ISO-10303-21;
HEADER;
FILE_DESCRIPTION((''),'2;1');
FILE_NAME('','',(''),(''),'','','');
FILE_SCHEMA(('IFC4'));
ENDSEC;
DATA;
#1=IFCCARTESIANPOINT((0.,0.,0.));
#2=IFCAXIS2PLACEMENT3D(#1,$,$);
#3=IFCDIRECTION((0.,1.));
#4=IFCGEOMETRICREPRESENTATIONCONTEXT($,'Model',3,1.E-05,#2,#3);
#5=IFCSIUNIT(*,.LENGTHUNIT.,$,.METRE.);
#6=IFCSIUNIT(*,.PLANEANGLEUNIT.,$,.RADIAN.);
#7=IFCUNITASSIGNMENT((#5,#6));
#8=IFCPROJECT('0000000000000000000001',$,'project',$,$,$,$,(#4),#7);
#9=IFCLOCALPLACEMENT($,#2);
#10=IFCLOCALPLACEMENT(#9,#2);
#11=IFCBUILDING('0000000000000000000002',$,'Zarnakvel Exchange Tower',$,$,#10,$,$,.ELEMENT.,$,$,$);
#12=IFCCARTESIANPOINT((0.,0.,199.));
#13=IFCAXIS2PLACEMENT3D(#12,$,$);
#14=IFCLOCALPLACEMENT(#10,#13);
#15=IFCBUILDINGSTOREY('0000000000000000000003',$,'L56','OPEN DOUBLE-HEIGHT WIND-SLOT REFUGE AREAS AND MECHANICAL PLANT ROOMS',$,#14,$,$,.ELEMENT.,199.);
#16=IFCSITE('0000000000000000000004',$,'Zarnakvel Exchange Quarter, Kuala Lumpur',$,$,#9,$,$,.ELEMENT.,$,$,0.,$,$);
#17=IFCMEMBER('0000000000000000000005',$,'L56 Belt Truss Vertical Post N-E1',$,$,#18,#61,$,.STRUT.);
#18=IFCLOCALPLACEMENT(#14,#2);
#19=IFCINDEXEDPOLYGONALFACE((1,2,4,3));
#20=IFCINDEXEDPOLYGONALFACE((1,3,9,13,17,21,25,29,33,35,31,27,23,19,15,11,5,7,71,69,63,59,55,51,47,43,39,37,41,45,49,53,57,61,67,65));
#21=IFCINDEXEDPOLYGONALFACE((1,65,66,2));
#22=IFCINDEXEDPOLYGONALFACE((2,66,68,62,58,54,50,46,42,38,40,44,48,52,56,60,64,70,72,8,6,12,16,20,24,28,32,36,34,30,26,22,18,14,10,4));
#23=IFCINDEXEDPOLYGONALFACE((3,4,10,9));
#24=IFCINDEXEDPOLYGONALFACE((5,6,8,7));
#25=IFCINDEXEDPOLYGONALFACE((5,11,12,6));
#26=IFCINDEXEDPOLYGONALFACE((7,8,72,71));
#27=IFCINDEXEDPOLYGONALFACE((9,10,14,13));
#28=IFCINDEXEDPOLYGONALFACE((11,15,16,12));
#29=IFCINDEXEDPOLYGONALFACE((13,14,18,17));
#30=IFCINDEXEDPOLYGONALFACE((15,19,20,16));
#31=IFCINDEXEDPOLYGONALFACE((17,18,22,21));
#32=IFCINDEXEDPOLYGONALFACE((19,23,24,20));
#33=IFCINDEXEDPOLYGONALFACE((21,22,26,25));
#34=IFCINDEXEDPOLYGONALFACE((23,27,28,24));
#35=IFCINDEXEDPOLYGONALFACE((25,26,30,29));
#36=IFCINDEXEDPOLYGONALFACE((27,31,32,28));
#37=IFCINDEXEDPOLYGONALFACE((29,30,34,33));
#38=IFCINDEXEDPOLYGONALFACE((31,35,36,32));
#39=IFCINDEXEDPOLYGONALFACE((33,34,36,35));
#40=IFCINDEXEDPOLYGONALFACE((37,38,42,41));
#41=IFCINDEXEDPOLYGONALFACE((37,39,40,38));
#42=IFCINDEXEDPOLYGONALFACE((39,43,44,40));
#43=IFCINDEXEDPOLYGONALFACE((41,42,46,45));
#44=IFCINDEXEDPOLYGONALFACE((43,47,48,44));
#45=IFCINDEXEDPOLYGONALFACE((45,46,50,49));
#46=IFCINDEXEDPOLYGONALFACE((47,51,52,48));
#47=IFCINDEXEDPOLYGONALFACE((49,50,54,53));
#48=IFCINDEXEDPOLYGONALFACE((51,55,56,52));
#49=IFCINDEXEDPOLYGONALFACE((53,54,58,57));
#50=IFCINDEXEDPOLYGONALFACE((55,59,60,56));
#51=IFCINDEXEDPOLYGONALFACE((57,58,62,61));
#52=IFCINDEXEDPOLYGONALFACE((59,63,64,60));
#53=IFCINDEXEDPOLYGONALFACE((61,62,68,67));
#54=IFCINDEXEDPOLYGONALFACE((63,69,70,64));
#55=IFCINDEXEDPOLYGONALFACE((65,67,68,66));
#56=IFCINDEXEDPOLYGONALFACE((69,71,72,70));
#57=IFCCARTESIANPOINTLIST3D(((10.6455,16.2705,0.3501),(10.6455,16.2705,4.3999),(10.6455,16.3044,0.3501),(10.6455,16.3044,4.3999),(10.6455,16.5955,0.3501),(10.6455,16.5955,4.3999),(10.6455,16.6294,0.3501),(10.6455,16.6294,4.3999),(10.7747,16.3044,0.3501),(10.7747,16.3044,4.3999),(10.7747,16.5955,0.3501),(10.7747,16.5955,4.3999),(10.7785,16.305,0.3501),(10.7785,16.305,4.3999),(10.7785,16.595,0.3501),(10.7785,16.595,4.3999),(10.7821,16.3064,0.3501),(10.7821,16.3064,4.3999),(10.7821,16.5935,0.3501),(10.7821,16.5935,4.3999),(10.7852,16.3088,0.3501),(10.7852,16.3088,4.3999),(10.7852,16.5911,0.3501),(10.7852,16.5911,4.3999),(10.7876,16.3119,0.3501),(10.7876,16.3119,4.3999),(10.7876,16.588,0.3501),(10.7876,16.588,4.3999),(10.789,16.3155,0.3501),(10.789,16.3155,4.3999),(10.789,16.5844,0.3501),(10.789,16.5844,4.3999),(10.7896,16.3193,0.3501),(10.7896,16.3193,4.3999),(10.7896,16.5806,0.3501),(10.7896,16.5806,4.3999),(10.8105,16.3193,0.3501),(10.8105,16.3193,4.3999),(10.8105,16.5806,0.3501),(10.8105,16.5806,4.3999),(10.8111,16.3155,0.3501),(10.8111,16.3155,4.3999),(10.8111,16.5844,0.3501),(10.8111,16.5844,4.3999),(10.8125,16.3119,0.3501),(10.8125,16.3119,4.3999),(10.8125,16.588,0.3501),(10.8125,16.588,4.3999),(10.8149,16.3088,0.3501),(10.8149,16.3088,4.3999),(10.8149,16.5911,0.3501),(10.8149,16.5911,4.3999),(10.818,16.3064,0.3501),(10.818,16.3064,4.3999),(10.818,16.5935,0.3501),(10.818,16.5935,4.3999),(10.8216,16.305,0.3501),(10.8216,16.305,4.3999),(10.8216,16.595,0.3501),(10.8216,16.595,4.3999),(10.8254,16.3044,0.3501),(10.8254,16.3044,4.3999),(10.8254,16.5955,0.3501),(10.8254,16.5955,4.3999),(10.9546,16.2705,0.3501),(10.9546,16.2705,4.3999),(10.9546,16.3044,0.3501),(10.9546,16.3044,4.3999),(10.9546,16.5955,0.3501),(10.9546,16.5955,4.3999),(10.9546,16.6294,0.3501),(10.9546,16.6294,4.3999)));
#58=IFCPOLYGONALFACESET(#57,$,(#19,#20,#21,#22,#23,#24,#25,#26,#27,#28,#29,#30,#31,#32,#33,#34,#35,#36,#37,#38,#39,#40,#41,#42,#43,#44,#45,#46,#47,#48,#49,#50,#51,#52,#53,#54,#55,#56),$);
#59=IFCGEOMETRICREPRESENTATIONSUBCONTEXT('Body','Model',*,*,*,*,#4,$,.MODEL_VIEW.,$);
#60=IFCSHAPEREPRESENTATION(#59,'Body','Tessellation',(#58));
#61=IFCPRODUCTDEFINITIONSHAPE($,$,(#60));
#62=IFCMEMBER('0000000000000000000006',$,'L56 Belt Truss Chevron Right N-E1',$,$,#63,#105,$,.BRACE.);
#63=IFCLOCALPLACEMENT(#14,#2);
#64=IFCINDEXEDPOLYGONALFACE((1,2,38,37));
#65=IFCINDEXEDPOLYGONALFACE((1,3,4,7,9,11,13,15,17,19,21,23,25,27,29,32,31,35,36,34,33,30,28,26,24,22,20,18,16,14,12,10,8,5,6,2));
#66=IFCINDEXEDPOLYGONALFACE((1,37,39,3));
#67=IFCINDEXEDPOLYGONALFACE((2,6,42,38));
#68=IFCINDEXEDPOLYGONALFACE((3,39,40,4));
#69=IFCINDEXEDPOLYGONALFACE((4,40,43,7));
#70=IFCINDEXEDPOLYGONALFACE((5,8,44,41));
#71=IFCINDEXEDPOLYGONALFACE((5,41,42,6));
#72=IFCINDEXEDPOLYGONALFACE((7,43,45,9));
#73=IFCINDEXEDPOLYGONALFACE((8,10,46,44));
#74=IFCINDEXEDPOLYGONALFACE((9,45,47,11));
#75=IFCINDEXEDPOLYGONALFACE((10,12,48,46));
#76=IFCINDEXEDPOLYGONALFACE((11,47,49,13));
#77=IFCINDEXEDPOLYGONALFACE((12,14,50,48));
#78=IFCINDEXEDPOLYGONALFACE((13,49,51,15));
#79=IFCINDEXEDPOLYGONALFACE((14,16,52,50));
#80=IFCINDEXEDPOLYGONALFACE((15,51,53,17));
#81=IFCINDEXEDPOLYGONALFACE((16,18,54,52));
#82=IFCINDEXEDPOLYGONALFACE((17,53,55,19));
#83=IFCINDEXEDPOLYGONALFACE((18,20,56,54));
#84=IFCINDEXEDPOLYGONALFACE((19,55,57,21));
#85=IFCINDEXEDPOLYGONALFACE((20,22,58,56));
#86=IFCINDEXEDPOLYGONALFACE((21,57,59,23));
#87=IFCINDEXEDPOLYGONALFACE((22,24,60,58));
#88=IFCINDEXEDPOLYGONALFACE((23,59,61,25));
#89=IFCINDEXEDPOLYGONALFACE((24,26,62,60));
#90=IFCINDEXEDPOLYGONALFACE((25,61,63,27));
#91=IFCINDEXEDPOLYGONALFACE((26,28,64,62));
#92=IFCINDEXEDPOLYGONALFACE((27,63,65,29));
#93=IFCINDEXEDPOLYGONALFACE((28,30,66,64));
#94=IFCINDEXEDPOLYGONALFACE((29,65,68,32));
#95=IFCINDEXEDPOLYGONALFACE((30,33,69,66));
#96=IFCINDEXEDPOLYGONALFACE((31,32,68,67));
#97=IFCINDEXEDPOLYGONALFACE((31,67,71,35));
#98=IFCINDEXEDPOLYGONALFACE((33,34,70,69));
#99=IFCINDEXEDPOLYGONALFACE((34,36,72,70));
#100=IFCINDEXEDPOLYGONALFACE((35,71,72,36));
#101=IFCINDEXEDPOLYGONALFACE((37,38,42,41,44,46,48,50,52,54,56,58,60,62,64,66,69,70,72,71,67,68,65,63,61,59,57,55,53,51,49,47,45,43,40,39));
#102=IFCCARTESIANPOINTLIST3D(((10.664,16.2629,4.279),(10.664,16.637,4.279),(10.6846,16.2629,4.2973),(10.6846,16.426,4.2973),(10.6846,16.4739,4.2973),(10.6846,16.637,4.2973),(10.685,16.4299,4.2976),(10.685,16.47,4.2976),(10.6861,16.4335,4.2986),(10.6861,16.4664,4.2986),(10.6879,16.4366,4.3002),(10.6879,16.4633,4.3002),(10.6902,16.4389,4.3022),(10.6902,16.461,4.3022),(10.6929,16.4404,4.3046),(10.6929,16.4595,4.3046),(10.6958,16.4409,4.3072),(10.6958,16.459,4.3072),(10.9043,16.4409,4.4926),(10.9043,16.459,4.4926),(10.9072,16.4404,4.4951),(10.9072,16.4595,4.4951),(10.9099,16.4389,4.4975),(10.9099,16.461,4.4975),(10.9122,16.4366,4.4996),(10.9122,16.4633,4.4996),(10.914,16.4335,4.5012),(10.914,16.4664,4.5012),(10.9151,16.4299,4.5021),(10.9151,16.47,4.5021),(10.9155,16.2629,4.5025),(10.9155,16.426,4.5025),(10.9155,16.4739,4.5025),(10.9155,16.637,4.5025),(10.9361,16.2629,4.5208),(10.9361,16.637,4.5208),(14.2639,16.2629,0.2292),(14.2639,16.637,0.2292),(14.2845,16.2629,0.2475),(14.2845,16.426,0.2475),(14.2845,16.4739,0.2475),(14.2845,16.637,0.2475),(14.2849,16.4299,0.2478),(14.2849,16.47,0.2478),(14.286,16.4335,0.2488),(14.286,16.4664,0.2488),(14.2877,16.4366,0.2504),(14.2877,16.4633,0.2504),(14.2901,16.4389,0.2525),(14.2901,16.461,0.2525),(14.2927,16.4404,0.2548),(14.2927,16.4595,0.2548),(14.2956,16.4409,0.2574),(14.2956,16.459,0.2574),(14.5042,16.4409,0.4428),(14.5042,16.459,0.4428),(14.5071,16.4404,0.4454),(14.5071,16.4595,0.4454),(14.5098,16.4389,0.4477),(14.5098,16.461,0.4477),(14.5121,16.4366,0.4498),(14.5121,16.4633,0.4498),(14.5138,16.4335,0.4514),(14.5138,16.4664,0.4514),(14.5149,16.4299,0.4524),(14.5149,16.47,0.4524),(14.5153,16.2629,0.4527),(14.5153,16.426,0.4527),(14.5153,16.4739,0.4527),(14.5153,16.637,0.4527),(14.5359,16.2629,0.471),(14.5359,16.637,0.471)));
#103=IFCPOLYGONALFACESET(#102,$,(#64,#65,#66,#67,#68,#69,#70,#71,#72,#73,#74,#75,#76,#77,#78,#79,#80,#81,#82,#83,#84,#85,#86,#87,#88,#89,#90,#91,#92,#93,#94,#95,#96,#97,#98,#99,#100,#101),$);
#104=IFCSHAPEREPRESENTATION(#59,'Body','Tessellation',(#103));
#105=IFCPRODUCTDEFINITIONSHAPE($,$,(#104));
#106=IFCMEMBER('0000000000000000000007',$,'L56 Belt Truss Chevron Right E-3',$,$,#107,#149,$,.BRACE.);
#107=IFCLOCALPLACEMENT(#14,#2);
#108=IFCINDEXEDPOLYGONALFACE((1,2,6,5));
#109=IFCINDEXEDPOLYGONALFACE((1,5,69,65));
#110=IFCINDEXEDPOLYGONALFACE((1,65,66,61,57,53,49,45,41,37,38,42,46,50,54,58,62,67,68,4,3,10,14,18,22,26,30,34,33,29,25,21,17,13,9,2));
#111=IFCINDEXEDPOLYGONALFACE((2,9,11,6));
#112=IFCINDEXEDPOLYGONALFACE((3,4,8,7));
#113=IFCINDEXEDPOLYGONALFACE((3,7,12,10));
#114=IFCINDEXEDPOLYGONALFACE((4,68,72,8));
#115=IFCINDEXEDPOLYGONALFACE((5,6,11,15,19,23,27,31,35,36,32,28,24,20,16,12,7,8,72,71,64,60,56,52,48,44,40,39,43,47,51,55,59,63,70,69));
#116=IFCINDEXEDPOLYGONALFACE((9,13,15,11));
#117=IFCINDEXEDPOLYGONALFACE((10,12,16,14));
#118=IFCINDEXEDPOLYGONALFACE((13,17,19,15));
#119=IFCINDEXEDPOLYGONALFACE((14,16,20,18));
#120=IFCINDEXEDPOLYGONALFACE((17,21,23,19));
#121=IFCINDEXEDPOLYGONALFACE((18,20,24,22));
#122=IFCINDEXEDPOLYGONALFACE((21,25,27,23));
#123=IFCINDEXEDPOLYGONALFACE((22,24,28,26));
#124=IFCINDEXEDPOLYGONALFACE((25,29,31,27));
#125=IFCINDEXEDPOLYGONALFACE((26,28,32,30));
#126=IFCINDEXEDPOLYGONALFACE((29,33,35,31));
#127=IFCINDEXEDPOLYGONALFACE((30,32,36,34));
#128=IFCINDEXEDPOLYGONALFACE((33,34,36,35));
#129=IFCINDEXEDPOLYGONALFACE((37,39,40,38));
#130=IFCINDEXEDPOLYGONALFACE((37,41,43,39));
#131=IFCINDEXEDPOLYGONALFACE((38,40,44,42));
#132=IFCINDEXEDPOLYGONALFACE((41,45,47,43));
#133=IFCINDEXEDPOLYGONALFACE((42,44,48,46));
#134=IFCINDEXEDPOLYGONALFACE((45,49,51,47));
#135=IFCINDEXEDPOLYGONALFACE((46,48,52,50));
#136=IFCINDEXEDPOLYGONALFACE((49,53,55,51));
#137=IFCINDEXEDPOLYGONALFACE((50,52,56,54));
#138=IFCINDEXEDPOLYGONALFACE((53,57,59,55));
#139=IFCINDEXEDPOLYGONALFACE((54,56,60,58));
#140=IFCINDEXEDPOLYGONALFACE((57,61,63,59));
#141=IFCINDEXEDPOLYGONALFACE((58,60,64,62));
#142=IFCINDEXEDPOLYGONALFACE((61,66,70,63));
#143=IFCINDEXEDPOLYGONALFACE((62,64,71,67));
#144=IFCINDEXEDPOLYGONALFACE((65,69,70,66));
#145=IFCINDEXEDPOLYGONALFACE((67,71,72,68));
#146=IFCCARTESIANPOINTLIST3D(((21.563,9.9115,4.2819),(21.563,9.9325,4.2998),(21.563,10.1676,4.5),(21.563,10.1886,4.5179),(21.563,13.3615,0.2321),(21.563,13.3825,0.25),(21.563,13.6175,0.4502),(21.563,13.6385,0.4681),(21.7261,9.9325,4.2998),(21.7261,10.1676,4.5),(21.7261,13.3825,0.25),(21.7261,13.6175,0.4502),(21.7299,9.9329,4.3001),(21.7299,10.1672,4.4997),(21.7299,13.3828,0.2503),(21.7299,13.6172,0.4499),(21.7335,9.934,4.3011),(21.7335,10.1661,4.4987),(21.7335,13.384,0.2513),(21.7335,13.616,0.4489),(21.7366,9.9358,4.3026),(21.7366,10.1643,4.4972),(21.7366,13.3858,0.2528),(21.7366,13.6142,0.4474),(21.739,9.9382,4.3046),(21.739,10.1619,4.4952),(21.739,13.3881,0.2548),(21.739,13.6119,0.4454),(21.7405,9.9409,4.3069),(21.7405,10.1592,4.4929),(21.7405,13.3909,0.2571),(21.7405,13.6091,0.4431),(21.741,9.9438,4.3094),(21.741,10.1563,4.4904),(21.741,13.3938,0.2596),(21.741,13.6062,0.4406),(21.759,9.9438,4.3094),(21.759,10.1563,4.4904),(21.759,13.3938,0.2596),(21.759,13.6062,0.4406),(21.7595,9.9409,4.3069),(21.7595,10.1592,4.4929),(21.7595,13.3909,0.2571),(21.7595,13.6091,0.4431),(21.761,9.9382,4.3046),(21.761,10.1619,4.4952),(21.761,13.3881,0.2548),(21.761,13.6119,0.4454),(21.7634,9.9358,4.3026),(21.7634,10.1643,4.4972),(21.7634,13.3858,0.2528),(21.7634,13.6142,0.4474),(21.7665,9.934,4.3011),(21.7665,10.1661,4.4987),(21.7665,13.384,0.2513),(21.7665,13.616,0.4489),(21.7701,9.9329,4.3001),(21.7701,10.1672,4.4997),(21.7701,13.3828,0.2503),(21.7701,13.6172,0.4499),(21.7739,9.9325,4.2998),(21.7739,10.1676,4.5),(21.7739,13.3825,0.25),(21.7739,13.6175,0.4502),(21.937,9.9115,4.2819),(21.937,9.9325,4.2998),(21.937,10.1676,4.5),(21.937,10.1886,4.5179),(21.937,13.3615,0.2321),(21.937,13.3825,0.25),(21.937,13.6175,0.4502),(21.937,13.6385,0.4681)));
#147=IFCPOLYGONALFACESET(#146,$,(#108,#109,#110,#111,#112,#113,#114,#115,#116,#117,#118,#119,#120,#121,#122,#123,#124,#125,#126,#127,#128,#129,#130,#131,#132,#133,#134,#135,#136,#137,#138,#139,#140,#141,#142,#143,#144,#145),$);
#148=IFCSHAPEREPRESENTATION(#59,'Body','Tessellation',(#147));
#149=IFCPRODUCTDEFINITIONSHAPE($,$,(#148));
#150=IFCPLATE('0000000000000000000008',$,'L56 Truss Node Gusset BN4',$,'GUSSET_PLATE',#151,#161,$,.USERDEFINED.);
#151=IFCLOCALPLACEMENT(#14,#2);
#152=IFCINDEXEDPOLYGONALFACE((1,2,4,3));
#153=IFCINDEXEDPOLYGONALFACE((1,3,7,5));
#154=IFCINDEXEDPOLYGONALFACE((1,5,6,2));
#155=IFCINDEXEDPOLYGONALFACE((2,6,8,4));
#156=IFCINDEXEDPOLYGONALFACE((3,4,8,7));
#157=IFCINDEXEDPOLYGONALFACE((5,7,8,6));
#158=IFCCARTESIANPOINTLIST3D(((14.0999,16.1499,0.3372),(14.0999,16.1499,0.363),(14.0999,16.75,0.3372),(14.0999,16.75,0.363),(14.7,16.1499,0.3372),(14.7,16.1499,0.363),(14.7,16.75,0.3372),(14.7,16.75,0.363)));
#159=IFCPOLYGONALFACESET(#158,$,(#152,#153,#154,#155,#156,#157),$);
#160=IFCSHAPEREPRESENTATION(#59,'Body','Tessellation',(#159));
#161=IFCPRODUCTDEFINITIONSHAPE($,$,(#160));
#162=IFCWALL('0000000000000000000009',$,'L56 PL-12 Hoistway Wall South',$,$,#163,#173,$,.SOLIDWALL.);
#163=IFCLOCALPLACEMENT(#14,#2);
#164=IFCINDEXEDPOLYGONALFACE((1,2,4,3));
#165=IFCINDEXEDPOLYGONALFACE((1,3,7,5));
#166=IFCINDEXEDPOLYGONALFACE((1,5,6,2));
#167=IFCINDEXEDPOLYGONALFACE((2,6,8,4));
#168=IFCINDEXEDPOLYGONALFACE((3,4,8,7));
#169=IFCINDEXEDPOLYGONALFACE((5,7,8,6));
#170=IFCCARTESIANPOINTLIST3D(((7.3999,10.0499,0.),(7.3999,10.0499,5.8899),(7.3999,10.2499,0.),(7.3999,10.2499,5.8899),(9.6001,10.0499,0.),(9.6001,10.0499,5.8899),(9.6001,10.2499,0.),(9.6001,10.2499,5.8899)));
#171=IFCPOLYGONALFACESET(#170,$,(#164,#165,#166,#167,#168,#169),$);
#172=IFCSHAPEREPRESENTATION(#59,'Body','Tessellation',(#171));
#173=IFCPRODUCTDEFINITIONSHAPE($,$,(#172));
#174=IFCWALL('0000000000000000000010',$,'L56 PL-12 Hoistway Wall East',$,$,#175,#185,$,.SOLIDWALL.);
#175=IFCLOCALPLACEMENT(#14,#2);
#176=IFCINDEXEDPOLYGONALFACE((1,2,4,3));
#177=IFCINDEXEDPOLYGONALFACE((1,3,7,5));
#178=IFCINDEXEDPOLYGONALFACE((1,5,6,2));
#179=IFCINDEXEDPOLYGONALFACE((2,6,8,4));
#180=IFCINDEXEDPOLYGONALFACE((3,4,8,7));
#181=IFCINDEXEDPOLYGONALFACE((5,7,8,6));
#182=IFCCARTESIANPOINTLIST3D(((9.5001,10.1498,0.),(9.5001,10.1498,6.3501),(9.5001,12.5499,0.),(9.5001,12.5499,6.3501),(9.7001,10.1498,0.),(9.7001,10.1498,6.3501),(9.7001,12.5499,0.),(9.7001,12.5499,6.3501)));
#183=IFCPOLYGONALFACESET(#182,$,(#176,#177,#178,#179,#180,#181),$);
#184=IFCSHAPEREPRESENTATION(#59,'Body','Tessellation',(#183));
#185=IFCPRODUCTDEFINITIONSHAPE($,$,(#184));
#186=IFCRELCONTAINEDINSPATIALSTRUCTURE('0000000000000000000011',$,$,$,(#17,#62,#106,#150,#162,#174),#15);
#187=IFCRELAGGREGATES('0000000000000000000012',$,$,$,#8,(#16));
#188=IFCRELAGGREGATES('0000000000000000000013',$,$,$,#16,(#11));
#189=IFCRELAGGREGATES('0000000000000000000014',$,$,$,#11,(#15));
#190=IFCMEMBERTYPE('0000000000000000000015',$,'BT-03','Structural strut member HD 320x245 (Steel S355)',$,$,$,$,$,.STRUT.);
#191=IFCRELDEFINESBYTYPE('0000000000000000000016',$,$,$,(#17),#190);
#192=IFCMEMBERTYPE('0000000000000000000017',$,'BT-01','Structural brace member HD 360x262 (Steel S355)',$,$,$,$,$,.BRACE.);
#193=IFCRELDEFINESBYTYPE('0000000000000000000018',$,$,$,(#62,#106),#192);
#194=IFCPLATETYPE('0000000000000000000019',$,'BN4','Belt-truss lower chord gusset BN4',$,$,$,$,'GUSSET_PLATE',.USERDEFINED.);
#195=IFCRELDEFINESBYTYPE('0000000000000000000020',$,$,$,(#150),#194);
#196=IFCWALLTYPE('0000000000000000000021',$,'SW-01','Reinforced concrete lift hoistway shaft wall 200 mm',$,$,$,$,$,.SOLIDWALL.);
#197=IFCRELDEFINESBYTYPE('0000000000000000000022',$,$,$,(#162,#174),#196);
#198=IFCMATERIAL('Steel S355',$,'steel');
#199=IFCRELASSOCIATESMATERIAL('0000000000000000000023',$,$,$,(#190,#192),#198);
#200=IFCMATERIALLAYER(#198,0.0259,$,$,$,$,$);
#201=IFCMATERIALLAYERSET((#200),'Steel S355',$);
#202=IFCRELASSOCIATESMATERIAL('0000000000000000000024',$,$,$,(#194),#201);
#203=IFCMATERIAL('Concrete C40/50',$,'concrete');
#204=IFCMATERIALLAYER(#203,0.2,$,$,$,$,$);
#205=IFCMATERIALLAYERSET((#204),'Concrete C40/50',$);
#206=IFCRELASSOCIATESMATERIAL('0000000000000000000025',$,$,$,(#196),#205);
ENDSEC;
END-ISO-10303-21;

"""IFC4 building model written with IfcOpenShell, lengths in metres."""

from ifc_helpers import new_model, si_unit, direction, frame, frame_2d, origin, origin_2d, place, context, subcontext, project, spatial, rectangle, i_section, extrude, source, transform, mapped, material, layer, layer_set, material_profile, profile_set, type_object, element, save


model = new_model("IFC4")

# Units and contexts
model_context = context("Model", 3, precision=1e-05, world=origin(), true_north=direction((0.0, 1.0)))
body_context = subcontext(model_context, "Body", "Model", "MODEL_VIEW")
ifc_project = project(units=[si_unit("LENGTHUNIT", "METRE"), si_unit("PLANEANGLEUNIT", "RADIAN")], contexts=[model_context])

# Site, building, storey
site_placement = place(None, origin())
site = spatial("IfcSite", under=ifc_project, at=site_placement, Name="Zarnakvel Exchange Quarter, Kuala Lumpur", CompositionType="ELEMENT", RefElevation=0.0)
building_placement = place(site_placement, origin())
building = spatial("IfcBuilding", under=site, at=building_placement, Name="Zarnakvel Exchange Tower", CompositionType="ELEMENT")
storey_placement = place(building_placement, frame((0.0, 0.0, 199.0)))
storey = spatial("IfcBuildingStorey", under=building, at=storey_placement, Name="L56", Description="OPEN DOUBLE-HEIGHT WIND-SLOT REFUGE AREAS AND MECHANICAL PLANT ROOMS", CompositionType="ELEMENT", Elevation=199.0)

# Shared definitions
ifc_material_1 = material(Name="Steel S355", Category="steel")

# Members
ifc_material_profile_1 = material_profile(ifc_material_1, i_section(OverallWidth=0.3091, OverallDepth=0.3589, WebThickness=0.021, FlangeThickness=0.0339, FilletRadius=0.0149, at=origin_2d()))
ifc_profile_set_1 = profile_set([ifc_material_profile_1], Name="Steel S355")
member_type_1 = type_object("IfcMemberType", Name="BT-03", Description="Structural strut member HD 320x245 (Steel S355)", PredefinedType="STRUT", material=ifc_profile_set_1)
shared_shape_1 = source(origin(), body_context, "Body", "SweptSolid", [
    extrude(i_section(OverallWidth=0.3091, OverallDepth=0.3589, WebThickness=0.021, FlangeThickness=0.0339, FilletRadius=0.0149, at=origin_2d()), origin(), (0.0, 0.0, 1.0), 4.0498),
])
member_1_placement = place(storey_placement, frame((10.8, 16.45, 0.3501), z_axis=(0.0, 0.0, 1.0), x_axis=(1.0, 0.0, 0.0)))
element("IfcMember", 1, at=member_1_placement, inside=storey, type_object=member_type_1, Name="L56 Belt Truss Vertical Post N-E1", PredefinedType="STRUT", context=body_context, shape_type="MappedRepresentation", body=[
    mapped(shared_shape_1, transform((0.0, 0.0, 0.0), x_axis=(1.0, 0.0, 0.0), y_axis=(0.0, 1.0, 0.0), z_axis=(0.0, 0.0, 1.0), scale=1.0)),
])
ifc_material_profile_2 = material_profile(ifc_material_1, i_section(OverallWidth=0.374, OverallDepth=0.364, WebThickness=0.0181, FlangeThickness=0.0276, FilletRadius=0.0149, at=origin_2d()))
ifc_profile_set_2 = profile_set([ifc_material_profile_2], Name="Steel S355")
member_type_2 = type_object("IfcMemberType", Name="BT-01", Description="Structural brace member HD 360x262 (Steel S355)", PredefinedType="BRACE", material=ifc_profile_set_2)
shared_shape_2 = source(origin(), body_context, "Body", "SweptSolid", [
    extrude(i_section(OverallWidth=0.374, OverallDepth=0.364, WebThickness=0.0181, FlangeThickness=0.0276, FilletRadius=0.0149, at=origin_2d()), origin(), (0.0, 0.0, 1.0), 5.4185),
])
member_2_placement = place(storey_placement, frame((14.3999, 16.45, 0.3501), z_axis=(-0.664367, 0.0, 0.747407), x_axis=(0.0, -1.0, 0.0)))
element("IfcMember", 2, at=member_2_placement, inside=storey, type_object=member_type_2, Name="L56 Belt Truss Chevron Right N-E1", PredefinedType="BRACE", context=body_context, shape_type="MappedRepresentation", body=[
    mapped(shared_shape_2, transform((0.0, 0.0, 0.0), x_axis=(1.0, 0.0, 0.0), y_axis=(0.0, 1.0, 0.0), z_axis=(0.0, 0.0, 1.0), scale=1.0)),
])
shared_shape_3 = source(origin(), body_context, "Body", "SweptSolid", [
    extrude(i_section(OverallWidth=0.374, OverallDepth=0.364, WebThickness=0.0181, FlangeThickness=0.0276, FilletRadius=0.0149, at=origin_2d()), origin(), (0.0, 0.0, 1.0), 5.3201),
])
member_3_placement = place(storey_placement, frame((21.75, 13.5, 0.3501), z_axis=(0.0, -0.648479, 0.761232), x_axis=(1.0, 0.0, 0.0)))
element("IfcMember", 3, at=member_3_placement, inside=storey, type_object=member_type_2, Name="L56 Belt Truss Chevron Right E-3", PredefinedType="BRACE", context=body_context, shape_type="MappedRepresentation", body=[
    mapped(shared_shape_3, transform((0.0, 0.0, 0.0), x_axis=(1.0, 0.0, 0.0), y_axis=(0.0, 1.0, 0.0), z_axis=(0.0, 0.0, 1.0), scale=1.0)),
])

# Plate
ifc_layer_1 = layer(ifc_material_1, 0.0259)
ifc_layer_set_1 = layer_set([ifc_layer_1], Name="Steel S355")
plate_type = type_object("IfcPlateType", Name="BN4", Description="Belt-truss lower chord gusset BN4", ElementType="GUSSET_PLATE", PredefinedType="USERDEFINED", material=ifc_layer_set_1)
shared_shape_4 = source(origin(), body_context, "Body", "SweptSolid", [
    extrude(rectangle(XDim=0.6001, YDim=0.6001, at=origin_2d()), origin(), (0.0, 0.0, 1.0), 0.0259),
])
plate_placement = place(storey_placement, frame((14.3999, 16.45, 0.3372), z_axis=(0.0, 0.0, 1.0), x_axis=(1.0, 0.0, 0.0)))
element("IfcPlate", 4, at=plate_placement, inside=storey, type_object=plate_type, Name="L56 Truss Node Gusset BN4", ObjectType="GUSSET_PLATE", PredefinedType="USERDEFINED", context=body_context, shape_type="MappedRepresentation", body=[
    mapped(shared_shape_4, transform((0.0, 0.0, 0.0), x_axis=(1.0, 0.0, 0.0), y_axis=(0.0, 1.0, 0.0), z_axis=(0.0, 0.0, 1.0), scale=1.0)),
])

# Walls
ifc_material_2 = material(Name="Concrete C40/50", Category="concrete")
ifc_layer_2 = layer(ifc_material_2, 0.2)
ifc_layer_set_2 = layer_set([ifc_layer_2], Name="Concrete C40/50")
wall_type_1 = type_object("IfcWallType", Name="SW-01", Description="Reinforced concrete lift hoistway shaft wall 200 mm", PredefinedType="SOLIDWALL", material=ifc_layer_set_2)
wall_1_placement = place(storey_placement, frame((9.6001, 10.1499, 0.0), z_axis=(0.0, 0.0, 1.0), x_axis=(-1.0, 0.0, 0.0)))
element("IfcWall", 5, at=wall_1_placement, inside=storey, type_object=wall_type_1, Name="L56 PL-12 Hoistway Wall South", PredefinedType="SOLIDWALL", context=body_context, shape_type="SweptSolid", body=[
    extrude(rectangle(XDim=2.2002, YDim=0.2, at=frame_2d((1.1001, 0.0))), origin(), (0.0, 0.0, 1.0), 5.8899),
])
wall_2_placement = place(storey_placement, frame((9.6001, 12.55, 0.0), z_axis=(0.0, 0.0, 1.0), x_axis=(0.0, -1.0, 0.0)))
element("IfcWall", 6, at=wall_2_placement, inside=storey, type_object=wall_type_1, Name="L56 PL-12 Hoistway Wall East", PredefinedType="SOLIDWALL", context=body_context, shape_type="SweptSolid", body=[
    extrude(rectangle(XDim=2.4001, YDim=0.2, at=frame_2d((1.2002, 0.0))), origin(), (0.0, 0.0, 1.0), 6.3501),
])

save(model, "model.ifc")
